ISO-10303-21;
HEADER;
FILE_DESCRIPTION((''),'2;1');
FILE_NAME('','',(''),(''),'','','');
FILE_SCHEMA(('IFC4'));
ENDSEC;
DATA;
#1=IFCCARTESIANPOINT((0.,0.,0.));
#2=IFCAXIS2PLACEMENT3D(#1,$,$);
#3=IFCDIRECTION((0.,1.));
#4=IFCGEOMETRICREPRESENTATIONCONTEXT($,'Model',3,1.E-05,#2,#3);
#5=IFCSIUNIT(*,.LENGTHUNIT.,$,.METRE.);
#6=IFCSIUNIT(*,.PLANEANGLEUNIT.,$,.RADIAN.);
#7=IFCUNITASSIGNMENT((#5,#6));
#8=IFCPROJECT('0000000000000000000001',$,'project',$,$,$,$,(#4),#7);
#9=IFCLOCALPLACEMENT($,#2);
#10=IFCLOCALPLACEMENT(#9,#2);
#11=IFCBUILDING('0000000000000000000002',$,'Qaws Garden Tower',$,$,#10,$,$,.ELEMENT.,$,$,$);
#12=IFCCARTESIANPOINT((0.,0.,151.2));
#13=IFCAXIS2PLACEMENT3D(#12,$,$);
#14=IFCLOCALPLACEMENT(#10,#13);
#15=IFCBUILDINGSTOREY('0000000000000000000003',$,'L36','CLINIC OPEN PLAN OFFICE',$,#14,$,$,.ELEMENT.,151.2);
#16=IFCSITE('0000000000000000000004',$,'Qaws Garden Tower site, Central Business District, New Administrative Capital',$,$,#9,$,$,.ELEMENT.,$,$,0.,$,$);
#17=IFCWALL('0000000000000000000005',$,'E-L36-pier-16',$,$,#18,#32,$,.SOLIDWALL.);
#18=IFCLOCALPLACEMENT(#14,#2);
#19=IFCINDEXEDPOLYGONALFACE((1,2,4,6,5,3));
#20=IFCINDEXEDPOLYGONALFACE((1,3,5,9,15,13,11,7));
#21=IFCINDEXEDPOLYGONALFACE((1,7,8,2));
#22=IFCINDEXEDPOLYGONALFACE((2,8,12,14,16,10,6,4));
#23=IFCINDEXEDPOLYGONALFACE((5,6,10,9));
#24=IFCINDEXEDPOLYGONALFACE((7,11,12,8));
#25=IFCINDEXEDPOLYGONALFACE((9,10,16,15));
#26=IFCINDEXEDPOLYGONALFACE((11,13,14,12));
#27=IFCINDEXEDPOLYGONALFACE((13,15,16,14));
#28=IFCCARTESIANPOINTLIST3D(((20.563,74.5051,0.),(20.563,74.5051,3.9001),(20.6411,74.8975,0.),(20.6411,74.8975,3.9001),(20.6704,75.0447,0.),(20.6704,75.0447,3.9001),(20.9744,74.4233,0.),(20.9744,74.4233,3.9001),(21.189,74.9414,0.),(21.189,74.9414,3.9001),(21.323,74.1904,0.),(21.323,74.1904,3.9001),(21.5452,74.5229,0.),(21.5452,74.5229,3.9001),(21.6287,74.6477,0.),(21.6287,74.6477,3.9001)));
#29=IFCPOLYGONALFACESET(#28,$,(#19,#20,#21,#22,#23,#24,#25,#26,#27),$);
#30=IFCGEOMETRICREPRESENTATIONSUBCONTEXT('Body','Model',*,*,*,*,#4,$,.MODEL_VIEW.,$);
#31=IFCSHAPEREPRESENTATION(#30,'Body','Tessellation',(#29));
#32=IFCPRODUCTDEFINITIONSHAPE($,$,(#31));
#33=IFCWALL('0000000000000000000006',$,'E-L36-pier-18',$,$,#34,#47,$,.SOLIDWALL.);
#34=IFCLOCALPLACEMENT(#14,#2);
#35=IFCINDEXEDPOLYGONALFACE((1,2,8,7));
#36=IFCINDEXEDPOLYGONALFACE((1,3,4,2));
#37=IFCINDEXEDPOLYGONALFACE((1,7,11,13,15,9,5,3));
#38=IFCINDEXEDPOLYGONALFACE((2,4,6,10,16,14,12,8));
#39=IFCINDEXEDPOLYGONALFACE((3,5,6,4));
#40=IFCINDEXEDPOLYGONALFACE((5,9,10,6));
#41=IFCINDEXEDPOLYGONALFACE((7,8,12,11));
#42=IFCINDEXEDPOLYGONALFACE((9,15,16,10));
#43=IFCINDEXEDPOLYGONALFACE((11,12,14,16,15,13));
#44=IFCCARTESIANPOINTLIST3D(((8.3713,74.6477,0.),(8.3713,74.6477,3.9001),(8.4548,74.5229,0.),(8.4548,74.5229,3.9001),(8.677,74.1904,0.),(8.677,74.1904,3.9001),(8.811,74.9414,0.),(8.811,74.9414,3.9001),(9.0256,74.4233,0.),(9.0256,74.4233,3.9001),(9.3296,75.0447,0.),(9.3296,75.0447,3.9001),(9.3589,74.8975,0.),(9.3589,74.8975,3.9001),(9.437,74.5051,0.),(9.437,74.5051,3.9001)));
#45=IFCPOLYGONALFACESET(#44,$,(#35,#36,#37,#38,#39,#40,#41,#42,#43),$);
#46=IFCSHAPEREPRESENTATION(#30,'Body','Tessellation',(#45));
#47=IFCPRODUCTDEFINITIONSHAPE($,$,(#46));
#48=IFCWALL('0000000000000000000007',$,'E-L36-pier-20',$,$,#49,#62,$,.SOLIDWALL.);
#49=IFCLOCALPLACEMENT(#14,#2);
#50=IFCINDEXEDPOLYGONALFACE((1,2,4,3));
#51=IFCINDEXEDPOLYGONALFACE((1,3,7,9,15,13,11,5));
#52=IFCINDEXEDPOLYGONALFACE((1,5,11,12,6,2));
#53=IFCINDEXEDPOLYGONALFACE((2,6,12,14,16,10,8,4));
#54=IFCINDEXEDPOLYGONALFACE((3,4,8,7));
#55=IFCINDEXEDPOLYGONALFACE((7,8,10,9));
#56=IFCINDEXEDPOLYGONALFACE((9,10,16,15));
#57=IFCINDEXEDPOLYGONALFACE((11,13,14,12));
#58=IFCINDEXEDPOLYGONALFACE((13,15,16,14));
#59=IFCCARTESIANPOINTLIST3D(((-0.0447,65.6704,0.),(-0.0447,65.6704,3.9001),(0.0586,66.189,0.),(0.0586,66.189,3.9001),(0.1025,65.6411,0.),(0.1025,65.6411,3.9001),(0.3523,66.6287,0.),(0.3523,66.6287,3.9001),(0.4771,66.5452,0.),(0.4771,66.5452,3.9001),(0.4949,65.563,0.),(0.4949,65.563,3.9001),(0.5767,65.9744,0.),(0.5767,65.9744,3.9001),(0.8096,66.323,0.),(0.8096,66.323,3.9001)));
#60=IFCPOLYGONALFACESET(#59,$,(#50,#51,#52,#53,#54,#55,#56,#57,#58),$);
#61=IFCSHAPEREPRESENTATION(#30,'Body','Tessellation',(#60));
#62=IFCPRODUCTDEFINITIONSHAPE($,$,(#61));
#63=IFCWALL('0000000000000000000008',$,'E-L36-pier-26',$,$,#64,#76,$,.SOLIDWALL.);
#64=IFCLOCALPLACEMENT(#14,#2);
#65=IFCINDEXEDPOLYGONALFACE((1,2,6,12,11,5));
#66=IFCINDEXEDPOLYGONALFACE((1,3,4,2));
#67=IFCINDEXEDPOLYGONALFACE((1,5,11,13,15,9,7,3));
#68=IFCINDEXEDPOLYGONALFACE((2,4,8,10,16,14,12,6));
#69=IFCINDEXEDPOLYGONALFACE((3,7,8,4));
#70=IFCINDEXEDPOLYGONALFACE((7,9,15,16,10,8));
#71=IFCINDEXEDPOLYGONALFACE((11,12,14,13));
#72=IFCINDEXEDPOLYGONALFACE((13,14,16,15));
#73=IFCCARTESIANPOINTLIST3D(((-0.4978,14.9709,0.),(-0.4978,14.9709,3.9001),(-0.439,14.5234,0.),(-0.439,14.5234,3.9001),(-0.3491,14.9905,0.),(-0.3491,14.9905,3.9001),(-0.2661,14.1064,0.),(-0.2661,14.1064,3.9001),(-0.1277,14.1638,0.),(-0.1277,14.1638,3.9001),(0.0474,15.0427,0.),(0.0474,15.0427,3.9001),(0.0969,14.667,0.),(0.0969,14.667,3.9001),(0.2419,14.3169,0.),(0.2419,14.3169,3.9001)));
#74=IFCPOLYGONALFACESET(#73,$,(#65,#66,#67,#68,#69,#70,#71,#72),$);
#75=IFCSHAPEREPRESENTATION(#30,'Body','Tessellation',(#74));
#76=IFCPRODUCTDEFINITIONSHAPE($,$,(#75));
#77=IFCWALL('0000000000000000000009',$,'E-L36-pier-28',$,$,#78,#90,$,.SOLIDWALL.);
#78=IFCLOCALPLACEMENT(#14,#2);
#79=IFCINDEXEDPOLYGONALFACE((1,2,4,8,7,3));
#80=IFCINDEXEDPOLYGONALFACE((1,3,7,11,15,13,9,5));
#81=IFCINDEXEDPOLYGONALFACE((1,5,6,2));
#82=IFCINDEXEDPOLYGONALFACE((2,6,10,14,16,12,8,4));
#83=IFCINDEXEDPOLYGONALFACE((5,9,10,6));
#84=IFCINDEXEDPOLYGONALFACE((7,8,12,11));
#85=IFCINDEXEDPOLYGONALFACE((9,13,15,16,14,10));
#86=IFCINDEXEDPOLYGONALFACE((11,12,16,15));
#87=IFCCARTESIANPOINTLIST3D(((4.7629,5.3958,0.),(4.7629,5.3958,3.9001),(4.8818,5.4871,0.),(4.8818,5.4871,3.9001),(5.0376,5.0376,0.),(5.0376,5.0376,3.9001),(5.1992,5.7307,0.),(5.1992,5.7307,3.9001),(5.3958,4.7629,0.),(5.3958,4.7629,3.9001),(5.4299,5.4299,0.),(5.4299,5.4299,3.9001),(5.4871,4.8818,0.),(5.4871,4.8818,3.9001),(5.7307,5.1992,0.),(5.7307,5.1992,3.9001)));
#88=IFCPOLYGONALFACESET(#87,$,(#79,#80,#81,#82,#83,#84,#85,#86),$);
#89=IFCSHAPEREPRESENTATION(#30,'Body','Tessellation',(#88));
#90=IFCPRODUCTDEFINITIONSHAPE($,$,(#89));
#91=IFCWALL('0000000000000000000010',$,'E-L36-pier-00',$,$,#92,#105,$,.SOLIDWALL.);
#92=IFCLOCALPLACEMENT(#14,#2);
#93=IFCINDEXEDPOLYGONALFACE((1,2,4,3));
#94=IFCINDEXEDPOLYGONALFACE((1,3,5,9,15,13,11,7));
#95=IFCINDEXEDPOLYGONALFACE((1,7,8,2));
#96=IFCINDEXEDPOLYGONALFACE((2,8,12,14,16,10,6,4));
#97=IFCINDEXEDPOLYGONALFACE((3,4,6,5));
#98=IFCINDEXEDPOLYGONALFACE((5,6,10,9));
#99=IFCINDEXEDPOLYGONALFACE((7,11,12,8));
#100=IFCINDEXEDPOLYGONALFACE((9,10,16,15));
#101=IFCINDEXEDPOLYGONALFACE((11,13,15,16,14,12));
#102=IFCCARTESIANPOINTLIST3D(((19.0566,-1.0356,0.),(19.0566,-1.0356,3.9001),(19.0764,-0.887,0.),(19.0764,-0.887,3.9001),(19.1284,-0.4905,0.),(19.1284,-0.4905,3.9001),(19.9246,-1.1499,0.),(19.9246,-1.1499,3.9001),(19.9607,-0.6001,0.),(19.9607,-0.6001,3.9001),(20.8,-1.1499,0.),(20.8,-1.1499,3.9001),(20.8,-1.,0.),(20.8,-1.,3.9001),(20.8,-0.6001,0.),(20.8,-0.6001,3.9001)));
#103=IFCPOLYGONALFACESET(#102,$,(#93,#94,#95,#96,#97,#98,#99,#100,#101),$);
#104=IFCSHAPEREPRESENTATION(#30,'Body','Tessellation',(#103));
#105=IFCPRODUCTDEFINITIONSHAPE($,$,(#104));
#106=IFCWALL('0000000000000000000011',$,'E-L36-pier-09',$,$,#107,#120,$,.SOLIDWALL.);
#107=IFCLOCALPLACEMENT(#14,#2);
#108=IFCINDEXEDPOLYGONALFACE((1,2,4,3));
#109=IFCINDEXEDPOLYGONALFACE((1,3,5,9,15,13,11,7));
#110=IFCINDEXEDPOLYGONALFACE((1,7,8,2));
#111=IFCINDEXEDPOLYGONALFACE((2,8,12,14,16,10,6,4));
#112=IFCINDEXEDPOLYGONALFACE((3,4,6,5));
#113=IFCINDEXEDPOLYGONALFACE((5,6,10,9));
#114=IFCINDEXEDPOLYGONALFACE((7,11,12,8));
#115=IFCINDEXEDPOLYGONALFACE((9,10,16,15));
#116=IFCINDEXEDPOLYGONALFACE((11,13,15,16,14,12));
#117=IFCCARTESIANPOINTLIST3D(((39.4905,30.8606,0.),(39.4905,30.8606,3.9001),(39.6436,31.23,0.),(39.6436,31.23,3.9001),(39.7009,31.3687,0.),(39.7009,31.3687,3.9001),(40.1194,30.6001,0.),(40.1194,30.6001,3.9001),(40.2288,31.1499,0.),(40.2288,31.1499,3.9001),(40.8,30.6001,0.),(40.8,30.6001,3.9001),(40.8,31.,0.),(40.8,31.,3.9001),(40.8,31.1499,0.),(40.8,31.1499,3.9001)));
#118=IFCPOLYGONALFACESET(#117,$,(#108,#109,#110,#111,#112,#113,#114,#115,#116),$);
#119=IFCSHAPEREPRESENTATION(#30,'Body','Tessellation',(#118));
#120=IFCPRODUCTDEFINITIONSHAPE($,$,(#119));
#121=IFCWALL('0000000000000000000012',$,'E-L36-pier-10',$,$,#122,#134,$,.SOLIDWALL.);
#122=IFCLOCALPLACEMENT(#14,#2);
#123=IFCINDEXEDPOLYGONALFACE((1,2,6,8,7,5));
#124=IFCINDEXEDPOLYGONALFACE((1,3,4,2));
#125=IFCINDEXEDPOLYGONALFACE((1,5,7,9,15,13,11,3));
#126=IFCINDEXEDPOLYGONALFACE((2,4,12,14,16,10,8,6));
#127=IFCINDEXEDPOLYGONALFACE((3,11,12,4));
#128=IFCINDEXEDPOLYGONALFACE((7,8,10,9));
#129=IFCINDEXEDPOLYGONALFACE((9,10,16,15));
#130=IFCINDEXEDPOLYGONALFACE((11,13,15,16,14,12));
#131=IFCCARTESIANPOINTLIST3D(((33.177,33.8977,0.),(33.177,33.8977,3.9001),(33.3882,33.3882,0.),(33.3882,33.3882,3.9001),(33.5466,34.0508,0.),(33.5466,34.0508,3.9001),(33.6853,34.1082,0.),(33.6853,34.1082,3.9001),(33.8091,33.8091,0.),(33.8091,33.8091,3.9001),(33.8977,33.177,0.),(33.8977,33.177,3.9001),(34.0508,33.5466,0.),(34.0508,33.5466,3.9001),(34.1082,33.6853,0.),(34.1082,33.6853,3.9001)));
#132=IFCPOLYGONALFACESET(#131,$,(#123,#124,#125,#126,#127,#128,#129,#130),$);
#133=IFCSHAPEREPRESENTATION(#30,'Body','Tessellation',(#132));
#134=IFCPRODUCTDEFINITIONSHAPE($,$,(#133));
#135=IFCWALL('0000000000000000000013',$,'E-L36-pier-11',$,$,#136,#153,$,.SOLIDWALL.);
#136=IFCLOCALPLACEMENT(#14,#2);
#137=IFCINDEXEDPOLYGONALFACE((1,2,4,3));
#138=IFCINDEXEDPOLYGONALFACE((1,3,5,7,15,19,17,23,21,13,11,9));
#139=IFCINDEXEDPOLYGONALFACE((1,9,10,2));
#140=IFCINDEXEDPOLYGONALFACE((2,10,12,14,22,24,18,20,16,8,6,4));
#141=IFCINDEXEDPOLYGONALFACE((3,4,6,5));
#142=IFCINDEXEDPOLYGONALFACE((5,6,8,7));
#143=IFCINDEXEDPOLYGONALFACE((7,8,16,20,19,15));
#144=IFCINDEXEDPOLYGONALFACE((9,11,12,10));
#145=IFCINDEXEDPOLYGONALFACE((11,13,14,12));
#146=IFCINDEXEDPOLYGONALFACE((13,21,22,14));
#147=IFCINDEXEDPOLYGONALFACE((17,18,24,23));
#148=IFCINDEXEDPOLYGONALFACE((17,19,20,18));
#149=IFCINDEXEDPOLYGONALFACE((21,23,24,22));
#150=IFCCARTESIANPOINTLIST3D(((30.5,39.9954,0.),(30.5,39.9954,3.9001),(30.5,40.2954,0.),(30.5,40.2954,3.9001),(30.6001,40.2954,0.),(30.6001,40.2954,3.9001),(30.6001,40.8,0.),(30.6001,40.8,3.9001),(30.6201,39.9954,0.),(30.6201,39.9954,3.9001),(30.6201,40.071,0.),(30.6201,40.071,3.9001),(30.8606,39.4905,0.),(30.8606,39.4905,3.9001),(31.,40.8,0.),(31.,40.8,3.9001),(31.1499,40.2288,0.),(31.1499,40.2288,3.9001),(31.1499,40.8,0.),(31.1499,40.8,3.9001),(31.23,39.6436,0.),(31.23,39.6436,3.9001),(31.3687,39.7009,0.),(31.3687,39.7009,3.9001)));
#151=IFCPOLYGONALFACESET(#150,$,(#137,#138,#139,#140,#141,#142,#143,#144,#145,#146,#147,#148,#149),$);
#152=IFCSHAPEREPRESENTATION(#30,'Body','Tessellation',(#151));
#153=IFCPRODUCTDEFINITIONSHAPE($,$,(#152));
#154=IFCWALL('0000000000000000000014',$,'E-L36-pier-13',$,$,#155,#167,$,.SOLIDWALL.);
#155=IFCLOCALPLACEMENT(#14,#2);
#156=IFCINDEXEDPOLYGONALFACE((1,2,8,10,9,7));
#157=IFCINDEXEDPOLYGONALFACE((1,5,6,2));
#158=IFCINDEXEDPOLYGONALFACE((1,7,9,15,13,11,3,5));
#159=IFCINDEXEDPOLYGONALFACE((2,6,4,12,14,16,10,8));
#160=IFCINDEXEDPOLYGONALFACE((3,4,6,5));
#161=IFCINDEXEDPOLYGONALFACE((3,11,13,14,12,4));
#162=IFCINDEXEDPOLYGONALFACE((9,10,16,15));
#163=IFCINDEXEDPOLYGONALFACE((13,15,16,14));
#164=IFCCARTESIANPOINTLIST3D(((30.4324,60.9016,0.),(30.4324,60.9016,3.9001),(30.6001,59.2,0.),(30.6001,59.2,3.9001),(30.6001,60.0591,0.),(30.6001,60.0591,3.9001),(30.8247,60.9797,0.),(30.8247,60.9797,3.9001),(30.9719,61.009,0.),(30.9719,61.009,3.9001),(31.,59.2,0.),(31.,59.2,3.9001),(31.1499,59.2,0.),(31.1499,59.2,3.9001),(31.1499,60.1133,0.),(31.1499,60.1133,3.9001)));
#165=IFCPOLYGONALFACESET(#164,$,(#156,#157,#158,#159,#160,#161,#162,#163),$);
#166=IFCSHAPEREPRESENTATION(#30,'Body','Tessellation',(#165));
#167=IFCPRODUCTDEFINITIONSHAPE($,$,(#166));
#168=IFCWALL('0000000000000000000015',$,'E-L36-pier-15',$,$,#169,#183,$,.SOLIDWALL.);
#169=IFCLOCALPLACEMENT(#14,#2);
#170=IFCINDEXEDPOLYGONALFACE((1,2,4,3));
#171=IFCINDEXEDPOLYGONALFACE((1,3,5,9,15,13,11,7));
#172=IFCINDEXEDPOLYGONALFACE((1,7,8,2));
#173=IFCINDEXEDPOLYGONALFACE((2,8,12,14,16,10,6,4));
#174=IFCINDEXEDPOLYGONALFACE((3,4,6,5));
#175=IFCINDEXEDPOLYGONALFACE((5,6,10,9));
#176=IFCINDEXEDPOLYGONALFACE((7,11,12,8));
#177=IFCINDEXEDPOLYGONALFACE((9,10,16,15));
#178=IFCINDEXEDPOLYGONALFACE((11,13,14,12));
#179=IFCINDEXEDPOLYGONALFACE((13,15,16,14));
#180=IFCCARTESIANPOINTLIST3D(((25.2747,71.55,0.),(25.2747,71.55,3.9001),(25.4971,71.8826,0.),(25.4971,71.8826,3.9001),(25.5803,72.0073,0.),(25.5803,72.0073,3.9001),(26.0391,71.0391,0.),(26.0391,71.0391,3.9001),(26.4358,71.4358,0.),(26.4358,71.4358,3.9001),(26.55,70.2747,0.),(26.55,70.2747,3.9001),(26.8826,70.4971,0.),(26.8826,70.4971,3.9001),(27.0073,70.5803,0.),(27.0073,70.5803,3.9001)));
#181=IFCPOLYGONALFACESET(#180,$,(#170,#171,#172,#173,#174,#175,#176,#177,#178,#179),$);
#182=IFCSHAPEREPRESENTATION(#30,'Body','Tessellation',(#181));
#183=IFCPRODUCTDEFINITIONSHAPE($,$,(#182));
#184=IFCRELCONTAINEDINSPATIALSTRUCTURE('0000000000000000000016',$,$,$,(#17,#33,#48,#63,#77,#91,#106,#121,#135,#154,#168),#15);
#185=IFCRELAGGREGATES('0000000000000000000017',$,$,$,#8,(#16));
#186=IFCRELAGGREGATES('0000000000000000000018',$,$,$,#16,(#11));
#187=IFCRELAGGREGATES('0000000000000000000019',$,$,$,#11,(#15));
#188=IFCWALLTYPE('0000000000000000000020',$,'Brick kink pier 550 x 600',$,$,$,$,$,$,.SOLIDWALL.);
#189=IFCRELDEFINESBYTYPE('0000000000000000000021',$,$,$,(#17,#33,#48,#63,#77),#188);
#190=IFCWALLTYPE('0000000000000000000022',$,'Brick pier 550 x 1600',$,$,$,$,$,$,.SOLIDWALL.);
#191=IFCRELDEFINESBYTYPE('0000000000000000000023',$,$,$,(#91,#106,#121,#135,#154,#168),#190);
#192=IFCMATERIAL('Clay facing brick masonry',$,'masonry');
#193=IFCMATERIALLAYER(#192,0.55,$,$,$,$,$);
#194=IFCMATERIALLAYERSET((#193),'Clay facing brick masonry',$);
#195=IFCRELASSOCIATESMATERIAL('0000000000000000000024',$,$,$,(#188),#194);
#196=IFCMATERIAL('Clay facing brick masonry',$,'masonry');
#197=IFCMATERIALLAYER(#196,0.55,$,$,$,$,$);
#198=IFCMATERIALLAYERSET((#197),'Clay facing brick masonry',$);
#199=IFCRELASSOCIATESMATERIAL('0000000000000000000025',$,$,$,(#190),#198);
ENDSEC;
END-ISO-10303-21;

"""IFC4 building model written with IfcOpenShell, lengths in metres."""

from ifc_helpers import new_model, si_unit, direction, frame, origin, place, context, subcontext, project, spatial, polyline, outline, extrude, material, layer, layer_set, type_object, element, save


model = new_model("IFC4")

# Units and contexts
model_context = context("Model", 3, precision=1e-05, world=origin(), true_north=direction((0.0, 1.0)))
body_context = subcontext(model_context, "Body", "Model", "MODEL_VIEW")
ifc_project = project(units=[si_unit("LENGTHUNIT", "METRE"), si_unit("PLANEANGLEUNIT", "RADIAN")], contexts=[model_context])

# Site, building, storey
site_placement = place(None, origin())
site = spatial("IfcSite", under=ifc_project, at=site_placement, Name="Qaws Garden Tower site, Central Business District, New Administrative Capital", CompositionType="ELEMENT", RefElevation=0.0)
building_placement = place(site_placement, origin())
building = spatial("IfcBuilding", under=site, at=building_placement, Name="Qaws Garden Tower", CompositionType="ELEMENT")
storey_placement = place(building_placement, frame((0.0, 0.0, 151.2)))
storey = spatial("IfcBuildingStorey", under=building, at=storey_placement, Name="L36", Description="CLINIC OPEN PLAN OFFICE", CompositionType="ELEMENT", Elevation=151.2)

# Walls
placement = place(storey_placement, origin())
ifc_material_1 = material(Name="Clay facing brick masonry", Category="masonry")
ifc_layer_1 = layer(ifc_material_1, 0.55)
ifc_layer_set_1 = layer_set([ifc_layer_1], Name="Clay facing brick masonry")
wall_type_1 = type_object("IfcWallType", Name="Brick kink pier 550 x 600", PredefinedType="SOLIDWALL", material=ifc_layer_set_1)
element("IfcWall", 1, at=placement, inside=storey, type_object=wall_type_1, Name="E-L36-pier-16", PredefinedType="SOLIDWALL", context=body_context, shape_type="SweptSolid", body=[
    extrude(outline(polyline([(21.5452, 74.5229), (21.6287, 74.6477), (21.189, 74.9414), (20.6704, 75.0447), (20.6411, 74.8975), (20.563, 74.5051), (20.9744, 74.4233), (21.323, 74.1904), (21.5452, 74.5229)])), origin(), (0.0, 0.0, 1.0), 3.9001),
])
element("IfcWall", 2, at=placement, inside=storey, type_object=wall_type_1, Name="E-L36-pier-18", PredefinedType="SOLIDWALL", context=body_context, shape_type="SweptSolid", body=[
    extrude(outline(polyline([(9.3589, 74.8975), (9.3296, 75.0447), (8.811, 74.9414), (8.3713, 74.6477), (8.4548, 74.5229), (8.677, 74.1904), (9.0256, 74.4233), (9.437, 74.5051), (9.3589, 74.8975)])), origin(), (0.0, 0.0, 1.0), 3.9001),
])
element("IfcWall", 3, at=placement, inside=storey, type_object=wall_type_1, Name="E-L36-pier-20", PredefinedType="SOLIDWALL", context=body_context, shape_type="SweptSolid", body=[
    extrude(outline(polyline([(0.4771, 66.5452), (0.3523, 66.6287), (0.0586, 66.189), (-0.0447, 65.6704), (0.1025, 65.6411), (0.4949, 65.563), (0.5767, 65.9744), (0.8096, 66.323), (0.4771, 66.5452)])), origin(), (0.0, 0.0, 1.0), 3.9001),
])
element("IfcWall", 4, at=placement, inside=storey, type_object=wall_type_1, Name="E-L36-pier-26", PredefinedType="SOLIDWALL", context=body_context, shape_type="SweptSolid", body=[
    extrude(outline(polyline([(-0.3491, 14.9905), (-0.4978, 14.9709), (-0.439, 14.5234), (-0.2661, 14.1064), (-0.1277, 14.1638), (0.2419, 14.3169), (0.0969, 14.667), (0.0474, 15.0427), (-0.3491, 14.9905)])), origin(), (0.0, 0.0, 1.0), 3.9001),
])
element("IfcWall", 5, at=placement, inside=storey, type_object=wall_type_1, Name="E-L36-pier-28", PredefinedType="SOLIDWALL", context=body_context, shape_type="SweptSolid", body=[
    extrude(outline(polyline([(4.8818, 5.4871), (4.7629, 5.3958), (5.0376, 5.0376), (5.3958, 4.7629), (5.4871, 4.8818), (5.7307, 5.1992), (5.4299, 5.4299), (5.1992, 5.7307), (4.8818, 5.4871)])), origin(), (0.0, 0.0, 1.0), 3.9001),
])
ifc_material_2 = material(Name="Clay facing brick masonry", Category="masonry")
ifc_layer_2 = layer(ifc_material_2, 0.55)
ifc_layer_set_2 = layer_set([ifc_layer_2], Name="Clay facing brick masonry")
wall_type_2 = type_object("IfcWallType", Name="Brick pier 550 x 1600", PredefinedType="SOLIDWALL", material=ifc_layer_set_2)
element("IfcWall", 6, at=placement, inside=storey, type_object=wall_type_2, Name="E-L36-pier-00", PredefinedType="SOLIDWALL", context=body_context, shape_type="SweptSolid", body=[
    extrude(outline(polyline([(19.0764, -0.887), (19.0566, -1.0356), (19.9246, -1.1499), (20.8, -1.1499), (20.8, -1.0), (20.8, -0.6001), (19.9607, -0.6001), (19.1284, -0.4905), (19.0764, -0.887)])), origin(), (0.0, 0.0, 1.0), 3.9001),
])
element("IfcWall", 7, at=placement, inside=storey, type_object=wall_type_2, Name="E-L36-pier-09", PredefinedType="SOLIDWALL", context=body_context, shape_type="SweptSolid", body=[
    extrude(outline(polyline([(40.8, 31.0), (40.8, 31.1499), (40.2288, 31.1499), (39.7009, 31.3687), (39.6436, 31.23), (39.4905, 30.8606), (40.1194, 30.6001), (40.8, 30.6001), (40.8, 31.0)])), origin(), (0.0, 0.0, 1.0), 3.9001),
])
element("IfcWall", 8, at=placement, inside=storey, type_object=wall_type_2, Name="E-L36-pier-10", PredefinedType="SOLIDWALL", context=body_context, shape_type="SweptSolid", body=[
    extrude(outline(polyline([(34.0508, 33.5466), (34.1082, 33.6853), (33.8091, 33.8091), (33.6853, 34.1082), (33.5466, 34.0508), (33.177, 33.8977), (33.3882, 33.3882), (33.8977, 33.177), (34.0508, 33.5466)])), origin(), (0.0, 0.0, 1.0), 3.9001),
])
element("IfcWall", 9, at=placement, inside=storey, type_object=wall_type_2, Name="E-L36-pier-11", PredefinedType="SOLIDWALL", context=body_context, shape_type="SweptSolid", body=[
    extrude(outline(polyline([(30.6201, 39.9954), (30.6201, 40.071), (30.8606, 39.4905), (31.23, 39.6436), (31.3687, 39.7009), (31.1499, 40.2288), (31.1499, 40.8), (31.0, 40.8), (30.6001, 40.8), (30.6001, 40.2954), (30.5, 40.2954), (30.5, 39.9954), (30.6201, 39.9954)])), origin(), (0.0, 0.0, 1.0), 3.9001),
])
element("IfcWall", 10, at=placement, inside=storey, type_object=wall_type_2, Name="E-L36-pier-13", PredefinedType="SOLIDWALL", context=body_context, shape_type="SweptSolid", body=[
    extrude(outline(polyline([(31.0, 59.2), (31.1499, 59.2), (31.1499, 60.1133), (30.9719, 61.009), (30.8247, 60.9797), (30.4324, 60.9016), (30.6001, 60.0591), (30.6001, 59.2), (31.0, 59.2)])), origin(), (0.0, 0.0, 1.0), 3.9001),
])
element("IfcWall", 11, at=placement, inside=storey, type_object=wall_type_2, Name="E-L36-pier-15", PredefinedType="SOLIDWALL", context=body_context, shape_type="SweptSolid", body=[
    extrude(outline(polyline([(26.8826, 70.4971), (27.0073, 70.5803), (26.4358, 71.4358), (25.5803, 72.0073), (25.4971, 71.8826), (25.2747, 71.55), (26.0391, 71.0391), (26.55, 70.2747), (26.8826, 70.4971)])), origin(), (0.0, 0.0, 1.0), 3.9001),
])

save(model, "model.ifc")
